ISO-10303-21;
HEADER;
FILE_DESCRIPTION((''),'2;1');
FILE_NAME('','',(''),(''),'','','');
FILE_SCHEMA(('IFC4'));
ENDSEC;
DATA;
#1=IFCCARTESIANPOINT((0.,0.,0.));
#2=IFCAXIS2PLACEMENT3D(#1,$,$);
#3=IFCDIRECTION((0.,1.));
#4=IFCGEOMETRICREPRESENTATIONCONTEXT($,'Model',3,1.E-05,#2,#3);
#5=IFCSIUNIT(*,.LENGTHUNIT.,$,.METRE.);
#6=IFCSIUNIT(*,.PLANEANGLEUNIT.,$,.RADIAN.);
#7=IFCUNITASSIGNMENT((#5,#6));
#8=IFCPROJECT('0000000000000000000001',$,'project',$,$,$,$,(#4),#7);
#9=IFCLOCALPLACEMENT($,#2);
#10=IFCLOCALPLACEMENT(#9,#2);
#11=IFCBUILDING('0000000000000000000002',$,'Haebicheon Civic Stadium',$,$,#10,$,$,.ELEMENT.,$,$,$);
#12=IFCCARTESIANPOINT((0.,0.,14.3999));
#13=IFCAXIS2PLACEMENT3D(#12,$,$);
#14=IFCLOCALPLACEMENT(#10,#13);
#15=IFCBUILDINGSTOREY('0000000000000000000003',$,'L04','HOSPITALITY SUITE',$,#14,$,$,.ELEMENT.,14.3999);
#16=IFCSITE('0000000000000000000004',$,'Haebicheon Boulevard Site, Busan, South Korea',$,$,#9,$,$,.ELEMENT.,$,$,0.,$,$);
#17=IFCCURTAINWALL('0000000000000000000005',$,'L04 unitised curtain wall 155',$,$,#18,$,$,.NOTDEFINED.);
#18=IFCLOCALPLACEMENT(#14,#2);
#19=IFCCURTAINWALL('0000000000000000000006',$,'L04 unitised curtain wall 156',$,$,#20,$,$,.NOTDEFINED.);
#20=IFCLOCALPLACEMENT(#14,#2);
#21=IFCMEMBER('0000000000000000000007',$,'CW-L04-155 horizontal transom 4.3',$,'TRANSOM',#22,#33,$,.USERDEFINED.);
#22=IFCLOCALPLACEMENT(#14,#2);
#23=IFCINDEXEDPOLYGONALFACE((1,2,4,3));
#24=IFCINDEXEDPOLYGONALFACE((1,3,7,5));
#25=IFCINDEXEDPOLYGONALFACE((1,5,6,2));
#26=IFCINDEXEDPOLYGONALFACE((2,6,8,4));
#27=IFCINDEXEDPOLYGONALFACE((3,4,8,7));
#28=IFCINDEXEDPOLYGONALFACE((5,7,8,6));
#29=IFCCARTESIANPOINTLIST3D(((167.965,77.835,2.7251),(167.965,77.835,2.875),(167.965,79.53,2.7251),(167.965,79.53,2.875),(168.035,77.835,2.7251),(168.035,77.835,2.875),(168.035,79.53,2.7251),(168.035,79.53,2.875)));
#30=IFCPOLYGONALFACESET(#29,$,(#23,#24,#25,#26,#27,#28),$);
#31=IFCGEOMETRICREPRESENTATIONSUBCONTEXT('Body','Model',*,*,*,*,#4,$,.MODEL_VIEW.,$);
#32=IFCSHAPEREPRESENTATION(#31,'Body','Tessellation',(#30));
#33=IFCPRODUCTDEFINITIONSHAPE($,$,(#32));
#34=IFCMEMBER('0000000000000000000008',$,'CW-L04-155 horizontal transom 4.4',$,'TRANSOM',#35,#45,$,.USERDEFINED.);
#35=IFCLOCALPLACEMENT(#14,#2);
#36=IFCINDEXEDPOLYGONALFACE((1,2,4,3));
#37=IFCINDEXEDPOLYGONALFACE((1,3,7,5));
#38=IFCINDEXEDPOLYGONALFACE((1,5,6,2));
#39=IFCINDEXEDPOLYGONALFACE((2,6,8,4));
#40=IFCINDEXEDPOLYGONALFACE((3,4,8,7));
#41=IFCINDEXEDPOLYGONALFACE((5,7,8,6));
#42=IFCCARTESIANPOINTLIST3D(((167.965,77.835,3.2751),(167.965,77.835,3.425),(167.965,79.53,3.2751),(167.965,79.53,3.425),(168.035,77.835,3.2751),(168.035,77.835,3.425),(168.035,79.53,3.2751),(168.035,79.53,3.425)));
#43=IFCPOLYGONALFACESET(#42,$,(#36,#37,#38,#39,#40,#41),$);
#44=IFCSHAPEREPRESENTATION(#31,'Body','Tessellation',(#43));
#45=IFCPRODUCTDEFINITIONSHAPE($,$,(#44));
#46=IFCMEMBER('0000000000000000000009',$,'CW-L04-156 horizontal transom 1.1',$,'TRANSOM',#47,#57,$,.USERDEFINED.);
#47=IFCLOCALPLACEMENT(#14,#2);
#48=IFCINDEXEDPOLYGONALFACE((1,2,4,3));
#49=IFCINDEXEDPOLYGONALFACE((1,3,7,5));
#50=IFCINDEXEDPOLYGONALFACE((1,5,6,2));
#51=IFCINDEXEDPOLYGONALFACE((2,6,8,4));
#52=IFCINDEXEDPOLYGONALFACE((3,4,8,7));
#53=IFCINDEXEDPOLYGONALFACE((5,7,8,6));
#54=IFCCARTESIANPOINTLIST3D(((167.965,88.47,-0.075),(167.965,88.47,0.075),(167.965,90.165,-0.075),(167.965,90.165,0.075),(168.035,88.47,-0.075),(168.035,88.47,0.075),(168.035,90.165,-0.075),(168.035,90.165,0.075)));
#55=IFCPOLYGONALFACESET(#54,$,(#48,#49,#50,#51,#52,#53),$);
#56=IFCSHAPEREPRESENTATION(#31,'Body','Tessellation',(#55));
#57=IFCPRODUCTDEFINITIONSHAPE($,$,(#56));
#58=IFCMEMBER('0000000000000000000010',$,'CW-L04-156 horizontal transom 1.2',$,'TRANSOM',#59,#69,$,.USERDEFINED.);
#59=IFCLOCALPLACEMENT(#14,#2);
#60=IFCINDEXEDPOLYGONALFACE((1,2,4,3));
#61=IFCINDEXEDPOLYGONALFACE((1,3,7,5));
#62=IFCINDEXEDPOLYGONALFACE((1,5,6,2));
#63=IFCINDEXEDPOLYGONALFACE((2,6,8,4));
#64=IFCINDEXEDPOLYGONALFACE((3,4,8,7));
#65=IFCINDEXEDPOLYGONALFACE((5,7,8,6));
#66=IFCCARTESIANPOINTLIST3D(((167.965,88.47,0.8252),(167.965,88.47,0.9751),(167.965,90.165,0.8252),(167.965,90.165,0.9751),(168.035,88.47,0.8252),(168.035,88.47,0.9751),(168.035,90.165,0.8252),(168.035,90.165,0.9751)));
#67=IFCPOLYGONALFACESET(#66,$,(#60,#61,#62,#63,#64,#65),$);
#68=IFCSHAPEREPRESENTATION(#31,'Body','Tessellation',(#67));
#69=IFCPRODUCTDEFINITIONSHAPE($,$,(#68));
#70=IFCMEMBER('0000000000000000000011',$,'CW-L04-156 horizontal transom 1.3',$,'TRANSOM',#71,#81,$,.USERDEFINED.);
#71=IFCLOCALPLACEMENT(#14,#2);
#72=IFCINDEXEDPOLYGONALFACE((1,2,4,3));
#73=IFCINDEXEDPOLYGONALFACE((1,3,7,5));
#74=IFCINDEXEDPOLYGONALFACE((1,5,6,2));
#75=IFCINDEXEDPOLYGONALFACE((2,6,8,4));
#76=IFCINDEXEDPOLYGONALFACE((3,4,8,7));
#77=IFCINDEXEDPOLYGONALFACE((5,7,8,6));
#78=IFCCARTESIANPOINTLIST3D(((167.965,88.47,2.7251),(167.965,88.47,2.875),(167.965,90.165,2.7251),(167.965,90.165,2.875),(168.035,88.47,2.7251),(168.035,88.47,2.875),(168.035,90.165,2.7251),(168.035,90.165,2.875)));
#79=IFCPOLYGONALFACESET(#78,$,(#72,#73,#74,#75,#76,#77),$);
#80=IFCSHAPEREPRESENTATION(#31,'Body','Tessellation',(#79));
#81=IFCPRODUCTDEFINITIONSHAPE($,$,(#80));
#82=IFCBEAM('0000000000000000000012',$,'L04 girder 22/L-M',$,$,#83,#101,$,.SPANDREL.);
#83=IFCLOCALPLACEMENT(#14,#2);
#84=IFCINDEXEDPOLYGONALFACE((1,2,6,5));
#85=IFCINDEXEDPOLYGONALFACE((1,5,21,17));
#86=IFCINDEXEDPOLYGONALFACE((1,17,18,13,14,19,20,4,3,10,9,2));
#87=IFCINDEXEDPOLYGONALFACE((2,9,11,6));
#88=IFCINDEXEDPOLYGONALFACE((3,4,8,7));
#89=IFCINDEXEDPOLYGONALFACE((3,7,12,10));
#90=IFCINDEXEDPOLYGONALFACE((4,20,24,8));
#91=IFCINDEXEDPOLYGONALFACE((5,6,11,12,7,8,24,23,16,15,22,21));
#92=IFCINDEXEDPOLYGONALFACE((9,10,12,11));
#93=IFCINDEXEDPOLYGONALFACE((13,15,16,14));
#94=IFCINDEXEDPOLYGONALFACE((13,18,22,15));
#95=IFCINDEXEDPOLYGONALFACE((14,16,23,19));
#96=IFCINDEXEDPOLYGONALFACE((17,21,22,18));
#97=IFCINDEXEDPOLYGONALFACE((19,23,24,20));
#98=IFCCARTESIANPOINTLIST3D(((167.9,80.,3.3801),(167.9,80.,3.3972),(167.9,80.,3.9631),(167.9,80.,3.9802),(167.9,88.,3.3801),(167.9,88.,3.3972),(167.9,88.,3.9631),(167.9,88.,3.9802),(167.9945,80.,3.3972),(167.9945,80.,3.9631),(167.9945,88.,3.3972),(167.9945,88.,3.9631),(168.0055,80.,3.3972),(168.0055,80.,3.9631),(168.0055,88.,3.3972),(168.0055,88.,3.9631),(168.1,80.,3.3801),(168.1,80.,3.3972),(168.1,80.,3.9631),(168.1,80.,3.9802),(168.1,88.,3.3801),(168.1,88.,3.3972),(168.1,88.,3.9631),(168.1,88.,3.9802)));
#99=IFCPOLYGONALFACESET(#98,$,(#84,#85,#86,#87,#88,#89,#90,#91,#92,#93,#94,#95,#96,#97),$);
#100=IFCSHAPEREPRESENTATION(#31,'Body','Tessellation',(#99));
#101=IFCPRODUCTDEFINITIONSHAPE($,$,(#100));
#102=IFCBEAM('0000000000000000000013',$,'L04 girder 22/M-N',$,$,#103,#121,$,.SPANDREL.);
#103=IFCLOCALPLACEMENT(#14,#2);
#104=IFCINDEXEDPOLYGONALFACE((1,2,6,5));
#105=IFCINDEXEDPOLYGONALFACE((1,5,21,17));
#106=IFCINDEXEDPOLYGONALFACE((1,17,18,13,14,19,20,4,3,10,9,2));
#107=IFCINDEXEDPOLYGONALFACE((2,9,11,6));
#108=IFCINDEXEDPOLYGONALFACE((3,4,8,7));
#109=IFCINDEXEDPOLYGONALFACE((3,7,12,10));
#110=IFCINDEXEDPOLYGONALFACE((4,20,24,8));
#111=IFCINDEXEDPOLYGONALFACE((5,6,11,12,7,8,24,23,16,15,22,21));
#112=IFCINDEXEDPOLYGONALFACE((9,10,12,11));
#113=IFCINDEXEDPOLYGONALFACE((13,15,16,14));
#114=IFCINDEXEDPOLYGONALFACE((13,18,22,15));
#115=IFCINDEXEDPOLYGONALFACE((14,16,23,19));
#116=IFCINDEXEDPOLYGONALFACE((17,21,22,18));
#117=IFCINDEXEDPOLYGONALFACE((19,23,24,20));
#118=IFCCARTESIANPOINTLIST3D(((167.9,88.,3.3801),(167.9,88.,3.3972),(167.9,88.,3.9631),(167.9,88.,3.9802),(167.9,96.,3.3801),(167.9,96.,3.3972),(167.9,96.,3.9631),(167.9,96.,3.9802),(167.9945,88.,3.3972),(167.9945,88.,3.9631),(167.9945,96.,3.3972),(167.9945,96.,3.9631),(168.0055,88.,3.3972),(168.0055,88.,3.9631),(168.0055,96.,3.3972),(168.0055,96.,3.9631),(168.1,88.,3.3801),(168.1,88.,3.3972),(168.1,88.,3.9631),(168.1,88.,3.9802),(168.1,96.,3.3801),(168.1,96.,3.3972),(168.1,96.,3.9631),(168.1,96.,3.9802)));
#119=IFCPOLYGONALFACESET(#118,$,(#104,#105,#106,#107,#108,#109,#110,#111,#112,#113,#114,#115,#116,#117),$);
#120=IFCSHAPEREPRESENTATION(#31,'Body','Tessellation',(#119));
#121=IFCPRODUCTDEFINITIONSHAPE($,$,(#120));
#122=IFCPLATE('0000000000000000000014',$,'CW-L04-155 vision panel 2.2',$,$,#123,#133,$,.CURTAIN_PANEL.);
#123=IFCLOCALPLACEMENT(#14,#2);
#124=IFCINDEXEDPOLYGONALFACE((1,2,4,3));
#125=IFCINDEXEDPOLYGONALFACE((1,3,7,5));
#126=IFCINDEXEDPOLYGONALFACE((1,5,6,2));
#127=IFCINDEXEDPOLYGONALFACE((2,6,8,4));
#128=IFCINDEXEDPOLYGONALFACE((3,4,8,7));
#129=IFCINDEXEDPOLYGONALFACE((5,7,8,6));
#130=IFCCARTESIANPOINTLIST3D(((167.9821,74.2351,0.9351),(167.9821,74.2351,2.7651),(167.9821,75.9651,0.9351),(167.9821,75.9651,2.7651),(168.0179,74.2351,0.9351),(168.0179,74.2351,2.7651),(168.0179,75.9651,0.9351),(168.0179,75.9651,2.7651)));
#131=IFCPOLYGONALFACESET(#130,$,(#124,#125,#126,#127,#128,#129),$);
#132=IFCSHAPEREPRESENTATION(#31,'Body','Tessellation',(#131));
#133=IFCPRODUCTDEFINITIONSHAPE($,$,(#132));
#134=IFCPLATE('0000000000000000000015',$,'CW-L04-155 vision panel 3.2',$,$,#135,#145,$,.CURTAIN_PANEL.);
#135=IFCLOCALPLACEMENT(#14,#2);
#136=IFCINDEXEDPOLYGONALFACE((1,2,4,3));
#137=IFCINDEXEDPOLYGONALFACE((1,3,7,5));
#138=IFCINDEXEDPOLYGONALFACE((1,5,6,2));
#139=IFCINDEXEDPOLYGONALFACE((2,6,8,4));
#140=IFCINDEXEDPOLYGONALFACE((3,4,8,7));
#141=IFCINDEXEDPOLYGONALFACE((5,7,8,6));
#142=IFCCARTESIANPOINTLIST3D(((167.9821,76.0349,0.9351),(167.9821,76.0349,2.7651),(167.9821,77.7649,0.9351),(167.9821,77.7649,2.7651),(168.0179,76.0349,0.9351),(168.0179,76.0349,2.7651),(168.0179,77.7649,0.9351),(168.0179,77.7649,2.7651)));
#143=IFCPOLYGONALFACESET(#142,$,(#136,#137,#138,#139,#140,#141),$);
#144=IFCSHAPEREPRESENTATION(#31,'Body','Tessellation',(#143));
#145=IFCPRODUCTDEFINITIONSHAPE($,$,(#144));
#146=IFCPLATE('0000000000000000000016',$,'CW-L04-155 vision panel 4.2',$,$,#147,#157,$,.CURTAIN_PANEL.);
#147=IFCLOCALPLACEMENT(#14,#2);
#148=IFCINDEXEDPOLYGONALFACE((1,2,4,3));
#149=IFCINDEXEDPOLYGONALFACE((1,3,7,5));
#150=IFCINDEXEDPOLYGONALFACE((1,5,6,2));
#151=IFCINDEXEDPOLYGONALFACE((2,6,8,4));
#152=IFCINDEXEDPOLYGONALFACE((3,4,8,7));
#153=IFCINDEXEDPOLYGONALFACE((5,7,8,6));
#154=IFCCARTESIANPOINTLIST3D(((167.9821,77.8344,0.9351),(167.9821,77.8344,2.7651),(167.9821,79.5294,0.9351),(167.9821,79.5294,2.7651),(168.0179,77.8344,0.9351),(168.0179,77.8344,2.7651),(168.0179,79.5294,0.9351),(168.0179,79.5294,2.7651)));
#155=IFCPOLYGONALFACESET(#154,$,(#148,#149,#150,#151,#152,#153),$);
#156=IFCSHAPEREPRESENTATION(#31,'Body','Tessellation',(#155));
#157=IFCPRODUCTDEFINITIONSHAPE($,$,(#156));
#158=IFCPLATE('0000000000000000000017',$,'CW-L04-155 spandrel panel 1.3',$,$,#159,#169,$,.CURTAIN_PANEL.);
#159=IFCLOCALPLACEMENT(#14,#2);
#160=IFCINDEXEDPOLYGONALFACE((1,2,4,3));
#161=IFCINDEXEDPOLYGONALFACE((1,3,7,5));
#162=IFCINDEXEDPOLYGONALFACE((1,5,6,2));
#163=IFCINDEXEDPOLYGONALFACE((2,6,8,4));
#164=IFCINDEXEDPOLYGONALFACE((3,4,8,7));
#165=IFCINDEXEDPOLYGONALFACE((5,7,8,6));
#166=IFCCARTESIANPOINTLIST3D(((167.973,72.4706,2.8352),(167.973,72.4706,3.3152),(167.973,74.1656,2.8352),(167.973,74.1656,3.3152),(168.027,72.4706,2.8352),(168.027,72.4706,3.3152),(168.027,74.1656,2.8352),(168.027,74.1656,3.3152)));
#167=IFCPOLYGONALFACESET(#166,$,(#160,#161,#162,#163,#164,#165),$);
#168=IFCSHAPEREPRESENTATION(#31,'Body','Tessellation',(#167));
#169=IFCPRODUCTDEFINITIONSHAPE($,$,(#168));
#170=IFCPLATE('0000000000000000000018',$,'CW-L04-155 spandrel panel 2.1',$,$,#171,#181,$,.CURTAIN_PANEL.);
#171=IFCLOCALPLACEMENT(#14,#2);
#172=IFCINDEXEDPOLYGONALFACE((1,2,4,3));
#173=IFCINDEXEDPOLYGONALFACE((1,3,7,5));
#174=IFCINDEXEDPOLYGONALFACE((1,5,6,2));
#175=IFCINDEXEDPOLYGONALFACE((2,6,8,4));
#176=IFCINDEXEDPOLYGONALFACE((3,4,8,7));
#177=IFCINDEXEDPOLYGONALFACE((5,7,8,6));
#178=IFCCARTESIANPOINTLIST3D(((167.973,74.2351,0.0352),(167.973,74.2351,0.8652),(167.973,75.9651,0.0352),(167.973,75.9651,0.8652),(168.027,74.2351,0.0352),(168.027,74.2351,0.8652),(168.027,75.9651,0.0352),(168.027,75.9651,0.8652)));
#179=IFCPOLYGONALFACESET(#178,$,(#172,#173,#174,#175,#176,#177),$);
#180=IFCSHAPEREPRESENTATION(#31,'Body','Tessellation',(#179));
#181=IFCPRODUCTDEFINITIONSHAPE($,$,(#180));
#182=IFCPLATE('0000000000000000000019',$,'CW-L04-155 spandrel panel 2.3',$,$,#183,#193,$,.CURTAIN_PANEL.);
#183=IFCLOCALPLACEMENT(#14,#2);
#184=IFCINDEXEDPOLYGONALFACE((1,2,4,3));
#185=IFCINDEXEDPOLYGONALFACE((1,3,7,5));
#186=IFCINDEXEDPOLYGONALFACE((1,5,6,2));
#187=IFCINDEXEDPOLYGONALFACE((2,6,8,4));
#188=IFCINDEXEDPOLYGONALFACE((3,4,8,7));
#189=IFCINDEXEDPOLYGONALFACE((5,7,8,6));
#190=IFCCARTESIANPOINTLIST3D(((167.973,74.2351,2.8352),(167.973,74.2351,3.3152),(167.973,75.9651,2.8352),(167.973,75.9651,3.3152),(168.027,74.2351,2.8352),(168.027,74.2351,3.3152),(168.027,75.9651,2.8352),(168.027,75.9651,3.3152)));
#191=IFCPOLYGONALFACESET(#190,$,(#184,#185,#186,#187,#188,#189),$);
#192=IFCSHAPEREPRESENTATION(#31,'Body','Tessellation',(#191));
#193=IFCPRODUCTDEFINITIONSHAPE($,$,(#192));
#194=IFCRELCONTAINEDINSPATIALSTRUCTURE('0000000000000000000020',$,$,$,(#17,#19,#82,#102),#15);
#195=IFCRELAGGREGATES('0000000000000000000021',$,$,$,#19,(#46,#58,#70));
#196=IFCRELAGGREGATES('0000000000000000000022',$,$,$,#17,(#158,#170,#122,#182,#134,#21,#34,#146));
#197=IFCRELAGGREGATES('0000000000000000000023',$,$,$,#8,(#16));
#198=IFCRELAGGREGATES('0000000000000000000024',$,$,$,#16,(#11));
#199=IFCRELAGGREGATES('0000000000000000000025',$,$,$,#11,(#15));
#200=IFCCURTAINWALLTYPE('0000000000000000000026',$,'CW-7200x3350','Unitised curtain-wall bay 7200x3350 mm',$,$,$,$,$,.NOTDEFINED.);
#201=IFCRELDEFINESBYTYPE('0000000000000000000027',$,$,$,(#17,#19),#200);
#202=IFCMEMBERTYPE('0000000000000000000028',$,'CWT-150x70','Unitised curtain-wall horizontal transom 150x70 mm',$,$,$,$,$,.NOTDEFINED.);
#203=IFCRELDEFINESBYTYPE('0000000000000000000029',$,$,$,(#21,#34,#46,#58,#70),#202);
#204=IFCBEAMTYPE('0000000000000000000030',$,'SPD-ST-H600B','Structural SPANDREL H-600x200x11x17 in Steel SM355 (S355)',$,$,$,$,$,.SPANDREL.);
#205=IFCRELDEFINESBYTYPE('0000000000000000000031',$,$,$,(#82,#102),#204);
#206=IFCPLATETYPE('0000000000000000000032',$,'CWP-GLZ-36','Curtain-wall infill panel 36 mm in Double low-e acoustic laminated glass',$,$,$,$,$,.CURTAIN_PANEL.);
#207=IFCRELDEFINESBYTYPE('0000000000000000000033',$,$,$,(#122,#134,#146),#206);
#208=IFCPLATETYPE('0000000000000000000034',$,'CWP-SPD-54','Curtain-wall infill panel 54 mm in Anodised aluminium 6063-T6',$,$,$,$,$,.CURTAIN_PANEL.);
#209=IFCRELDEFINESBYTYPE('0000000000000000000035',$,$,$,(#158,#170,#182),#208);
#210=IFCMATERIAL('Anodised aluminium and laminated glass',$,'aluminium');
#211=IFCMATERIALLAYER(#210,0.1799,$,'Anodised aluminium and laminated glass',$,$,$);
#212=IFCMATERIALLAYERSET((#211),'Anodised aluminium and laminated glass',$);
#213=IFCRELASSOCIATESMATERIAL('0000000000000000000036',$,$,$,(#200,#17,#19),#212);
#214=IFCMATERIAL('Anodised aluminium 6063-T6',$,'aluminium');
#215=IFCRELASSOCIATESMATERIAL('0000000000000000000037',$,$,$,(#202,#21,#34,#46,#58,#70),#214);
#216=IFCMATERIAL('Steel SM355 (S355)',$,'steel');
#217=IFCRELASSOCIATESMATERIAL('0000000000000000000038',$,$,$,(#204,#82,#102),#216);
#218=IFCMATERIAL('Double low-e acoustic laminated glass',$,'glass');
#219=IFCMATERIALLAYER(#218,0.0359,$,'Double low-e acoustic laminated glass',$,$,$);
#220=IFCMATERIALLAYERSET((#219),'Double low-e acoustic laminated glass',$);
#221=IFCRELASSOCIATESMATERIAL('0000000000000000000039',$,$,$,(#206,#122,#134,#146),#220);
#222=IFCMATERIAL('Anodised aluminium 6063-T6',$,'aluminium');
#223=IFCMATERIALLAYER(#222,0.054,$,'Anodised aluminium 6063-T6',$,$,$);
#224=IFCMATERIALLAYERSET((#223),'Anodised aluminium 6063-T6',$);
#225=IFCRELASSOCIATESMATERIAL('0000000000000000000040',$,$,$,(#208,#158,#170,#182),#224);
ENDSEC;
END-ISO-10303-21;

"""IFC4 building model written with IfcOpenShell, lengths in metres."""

from ifc_helpers import new_model, si_unit, direction, frame, origin, origin_2d, place, context, subcontext, project, spatial, rectangle, i_section, extrude, material, layer, layer_set, material_profile, profile_set, type_object, element, aggregate, save


model = new_model("IFC4")

# Units and contexts
model_context = context("Model", 3, precision=1e-05, world=origin(), true_north=direction((0.0, 1.0)))
body_context = subcontext(model_context, "Body", "Model", "MODEL_VIEW")
ifc_project = project(units=[si_unit("LENGTHUNIT", "METRE"), si_unit("PLANEANGLEUNIT", "RADIAN")], contexts=[model_context])

# Site, building, storey
site_placement = place(None, origin())
site = spatial("IfcSite", under=ifc_project, at=site_placement, Name="Haebicheon Boulevard Site, Busan, South Korea", CompositionType="ELEMENT", RefElevation=0.0)
building_placement = place(site_placement, origin())
building = spatial("IfcBuilding", under=site, at=building_placement, Name="Haebicheon Civic Stadium", CompositionType="ELEMENT")
storey_placement = place(building_placement, frame((0.0, 0.0, 14.3999)))
storey = spatial("IfcBuildingStorey", under=building, at=storey_placement, Name="L04", Description="HOSPITALITY SUITE", CompositionType="ELEMENT", Elevation=14.3999)

# Curtain wall
ifc_material_1 = material(Name="Anodised aluminium and laminated glass", Category="aluminium")
ifc_layer_1 = layer(ifc_material_1, 0.1799, Name="Anodised aluminium and laminated glass")
ifc_layer_set_1 = layer_set([ifc_layer_1], Name="Anodised aluminium and laminated glass")
curtain_wall_type = type_object("IfcCurtainWallType", Name="CW-7200x3350", Description="Unitised curtain-wall bay 7200x3350 mm", PredefinedType="NOTDEFINED", material=ifc_layer_set_1)
curtain_wall_1_placement = place(storey_placement, origin())
curtain_wall_1 = element("IfcCurtainWall", 1, at=curtain_wall_1_placement, inside=storey, type_object=curtain_wall_type, material=ifc_layer_set_1, Name="L04 unitised curtain wall 155", PredefinedType="NOTDEFINED")

# Curtain wall
curtain_wall_2_placement = place(storey_placement, origin())
curtain_wall_2 = element("IfcCurtainWall", 2, at=curtain_wall_2_placement, inside=storey, type_object=curtain_wall_type, material=ifc_layer_set_1, Name="L04 unitised curtain wall 156", PredefinedType="NOTDEFINED")

# Members
ifc_material_2 = material(Name="Anodised aluminium 6063-T6", Category="aluminium")
ifc_material_profile_1 = material_profile(ifc_material_2, rectangle(XDim=0.0701, YDim=0.1499, at=origin_2d()), Name="ALU-TRAN-70x150")
ifc_profile_set_1 = profile_set([ifc_material_profile_1], Name="Anodised aluminium 6063-T6")
member_type_1 = type_object("IfcMemberType", Name="CWT-150x70", Description="Unitised curtain-wall horizontal transom 150x70 mm", PredefinedType="NOTDEFINED", material=ifc_profile_set_1)
member_1_placement = place(storey_placement, frame((168.0, 77.835, 2.8), z_axis=(0.0, 1.0, 0.0), x_axis=(-1.0, 0.0, 0.0)))
member_1 = element("IfcMember", 3, at=member_1_placement, type_object=member_type_1, material=ifc_profile_set_1, Name="CW-L04-155 horizontal transom 4.3", ObjectType="TRANSOM", PredefinedType="USERDEFINED", context=body_context, shape_type="SweptSolid", body=[
    extrude(rectangle(XDim=0.0701, YDim=0.1499, at=origin_2d()), origin(), (0.0, 0.0, 1.0), 1.6951),
])
member_2_placement = place(storey_placement, frame((168.0, 77.835, 3.3501), z_axis=(0.0, 1.0, 0.0), x_axis=(-1.0, 0.0, 0.0)))
member_2 = element("IfcMember", 4, at=member_2_placement, type_object=member_type_1, material=ifc_profile_set_1, Name="CW-L04-155 horizontal transom 4.4", ObjectType="TRANSOM", PredefinedType="USERDEFINED", context=body_context, shape_type="SweptSolid", body=[
    extrude(rectangle(XDim=0.0701, YDim=0.1499, at=origin_2d()), origin(), (0.0, 0.0, 1.0), 1.6951),
])
member_3_placement = place(storey_placement, frame((168.0, 88.47, 0.0), z_axis=(0.0, 1.0, 0.0), x_axis=(-1.0, 0.0, 0.0)))
member_3 = element("IfcMember", 5, at=member_3_placement, type_object=member_type_1, material=ifc_profile_set_1, Name="CW-L04-156 horizontal transom 1.1", ObjectType="TRANSOM", PredefinedType="USERDEFINED", context=body_context, shape_type="SweptSolid", body=[
    extrude(rectangle(XDim=0.0701, YDim=0.1499, at=origin_2d()), origin(), (0.0, 0.0, 1.0), 1.6951),
])
member_4_placement = place(storey_placement, frame((168.0, 88.47, 0.9001), z_axis=(0.0, 1.0, 0.0), x_axis=(-1.0, 0.0, 0.0)))
member_4 = element("IfcMember", 6, at=member_4_placement, type_object=member_type_1, material=ifc_profile_set_1, Name="CW-L04-156 horizontal transom 1.2", ObjectType="TRANSOM", PredefinedType="USERDEFINED", context=body_context, shape_type="SweptSolid", body=[
    extrude(rectangle(XDim=0.0701, YDim=0.1499, at=origin_2d()), origin(), (0.0, 0.0, 1.0), 1.6951),
])
member_5_placement = place(storey_placement, frame((168.0, 88.47, 2.8), z_axis=(0.0, 1.0, 0.0), x_axis=(-1.0, 0.0, 0.0)))
member_5 = element("IfcMember", 7, at=member_5_placement, type_object=member_type_1, material=ifc_profile_set_1, Name="CW-L04-156 horizontal transom 1.3", ObjectType="TRANSOM", PredefinedType="USERDEFINED", context=body_context, shape_type="SweptSolid", body=[
    extrude(rectangle(XDim=0.0701, YDim=0.1499, at=origin_2d()), origin(), (0.0, 0.0, 1.0), 1.6951),
])
aggregate(curtain_wall_2, [member_3, member_4, member_5])

# Beams
ifc_material_3 = material(Name="Steel SM355 (S355)", Category="steel")
ifc_material_profile_2 = material_profile(ifc_material_3, i_section(OverallWidth=0.2, OverallDepth=0.6001, WebThickness=0.011, FlangeThickness=0.0171, at=origin_2d()), Name="H-600x200x11x17")
ifc_profile_set_2 = profile_set([ifc_material_profile_2], Name="Steel SM355 (S355)")
beam_type = type_object("IfcBeamType", Name="SPD-ST-H600B", Description="Structural SPANDREL H-600x200x11x17 in Steel SM355 (S355)", PredefinedType="SPANDREL", material=ifc_profile_set_2)
for number, where, z_axis, x_axis, name in (
    (8, (168.0, 80.0, 3.6802), (0.0, 1.0, 0.0), (-1.0, 0.0, 0.0), "L04 girder 22/L-M"),
    (9, (168.0, 88.0, 3.6802), (0.0, 1.0, 0.0), (-1.0, 0.0, 0.0), "L04 girder 22/M-N"),
):
    element("IfcBeam", number, at=place(storey_placement, frame(where, z_axis=z_axis, x_axis=x_axis)), inside=storey, type_object=beam_type, material=ifc_profile_set_2, Name=name, PredefinedType="SPANDREL", context=body_context, shape_type="SweptSolid", body=[
        extrude(i_section(OverallWidth=0.2, OverallDepth=0.6001, WebThickness=0.011, FlangeThickness=0.0171, at=origin_2d()), origin(), (0.0, 0.0, 1.0), 8.0),
    ])

# Plates
ifc_material_4 = material(Name="Double low-e acoustic laminated glass", Category="glass")
ifc_layer_2 = layer(ifc_material_4, 0.0359, Name="Double low-e acoustic laminated glass")
ifc_layer_set_2 = layer_set([ifc_layer_2], Name="Double low-e acoustic laminated glass")
plate_type_1 = type_object("IfcPlateType", Name="CWP-GLZ-36", Description="Curtain-wall infill panel 36 mm in Double low-e acoustic laminated glass", PredefinedType="CURTAIN_PANEL", material=ifc_layer_set_2)
plate_1_placement = place(storey_placement, frame((168.0, 75.1001, 0.9351), z_axis=(0.0, 0.0, 1.0), x_axis=(0.0, 1.0, 0.0)))
plate_1 = element("IfcPlate", 10, at=plate_1_placement, type_object=plate_type_1, material=ifc_layer_set_2, Name="CW-L04-155 vision panel 2.2", PredefinedType="CURTAIN_PANEL", context=body_context, shape_type="SweptSolid", body=[
    extrude(rectangle(XDim=1.73, YDim=0.0359, at=origin_2d()), origin(), (0.0, 0.0, 1.0), 1.8301),
])
plate_2_placement = place(storey_placement, frame((168.0, 76.8999, 0.9351), z_axis=(0.0, 0.0, 1.0), x_axis=(0.0, 1.0, 0.0)))
plate_2 = element("IfcPlate", 11, at=plate_2_placement, type_object=plate_type_1, material=ifc_layer_set_2, Name="CW-L04-155 vision panel 3.2", PredefinedType="CURTAIN_PANEL", context=body_context, shape_type="SweptSolid", body=[
    extrude(rectangle(XDim=1.73, YDim=0.0359, at=origin_2d()), origin(), (0.0, 0.0, 1.0), 1.8301),
])
plate_3_placement = place(storey_placement, frame((168.0, 78.6819, 0.9351), z_axis=(0.0, 0.0, 1.0), x_axis=(0.0, 1.0, 0.0)))
plate_3 = element("IfcPlate", 12, at=plate_3_placement, type_object=plate_type_1, material=ifc_layer_set_2, Name="CW-L04-155 vision panel 4.2", PredefinedType="CURTAIN_PANEL", context=body_context, shape_type="SweptSolid", body=[
    extrude(rectangle(XDim=1.6951, YDim=0.0359, at=origin_2d()), origin(), (0.0, 0.0, 1.0), 1.8301),
])
ifc_material_5 = material(Name="Anodised aluminium 6063-T6", Category="aluminium")
ifc_layer_3 = layer(ifc_material_5, 0.054, Name="Anodised aluminium 6063-T6")
ifc_layer_set_3 = layer_set([ifc_layer_3], Name="Anodised aluminium 6063-T6")
plate_type_2 = type_object("IfcPlateType", Name="CWP-SPD-54", Description="Curtain-wall infill panel 54 mm in Anodised aluminium 6063-T6", PredefinedType="CURTAIN_PANEL", material=ifc_layer_set_3)
plate_4_placement = place(storey_placement, frame((168.0, 73.3181, 2.8352), z_axis=(0.0, 0.0, 1.0), x_axis=(0.0, 1.0, 0.0)))
plate_4 = element("IfcPlate", 13, at=plate_4_placement, type_object=plate_type_2, material=ifc_layer_set_3, Name="CW-L04-155 spandrel panel 1.3", PredefinedType="CURTAIN_PANEL", context=body_context, shape_type="SweptSolid", body=[
    extrude(rectangle(XDim=1.6951, YDim=0.054, at=origin_2d()), origin(), (0.0, 0.0, 1.0), 0.48),
])
plate_5_placement = place(storey_placement, frame((168.0, 75.1001, 0.0352), z_axis=(0.0, 0.0, 1.0), x_axis=(0.0, 1.0, 0.0)))
plate_5 = element("IfcPlate", 14, at=plate_5_placement, type_object=plate_type_2, material=ifc_layer_set_3, Name="CW-L04-155 spandrel panel 2.1", PredefinedType="CURTAIN_PANEL", context=body_context, shape_type="SweptSolid", body=[
    extrude(rectangle(XDim=1.73, YDim=0.054, at=origin_2d()), origin(), (0.0, 0.0, 1.0), 0.8301),
])
plate_6_placement = place(storey_placement, frame((168.0, 75.1001, 2.8352), z_axis=(0.0, 0.0, 1.0), x_axis=(0.0, 1.0, 0.0)))
plate_6 = element("IfcPlate", 15, at=plate_6_placement, type_object=plate_type_2, material=ifc_layer_set_3, Name="CW-L04-155 spandrel panel 2.3", PredefinedType="CURTAIN_PANEL", context=body_context, shape_type="SweptSolid", body=[
    extrude(rectangle(XDim=1.73, YDim=0.054, at=origin_2d()), origin(), (0.0, 0.0, 1.0), 0.48),
])
aggregate(curtain_wall_1, [plate_4, plate_5, plate_1, plate_6, plate_2, member_1, member_2, plate_3])

save(model, "model.ifc")
